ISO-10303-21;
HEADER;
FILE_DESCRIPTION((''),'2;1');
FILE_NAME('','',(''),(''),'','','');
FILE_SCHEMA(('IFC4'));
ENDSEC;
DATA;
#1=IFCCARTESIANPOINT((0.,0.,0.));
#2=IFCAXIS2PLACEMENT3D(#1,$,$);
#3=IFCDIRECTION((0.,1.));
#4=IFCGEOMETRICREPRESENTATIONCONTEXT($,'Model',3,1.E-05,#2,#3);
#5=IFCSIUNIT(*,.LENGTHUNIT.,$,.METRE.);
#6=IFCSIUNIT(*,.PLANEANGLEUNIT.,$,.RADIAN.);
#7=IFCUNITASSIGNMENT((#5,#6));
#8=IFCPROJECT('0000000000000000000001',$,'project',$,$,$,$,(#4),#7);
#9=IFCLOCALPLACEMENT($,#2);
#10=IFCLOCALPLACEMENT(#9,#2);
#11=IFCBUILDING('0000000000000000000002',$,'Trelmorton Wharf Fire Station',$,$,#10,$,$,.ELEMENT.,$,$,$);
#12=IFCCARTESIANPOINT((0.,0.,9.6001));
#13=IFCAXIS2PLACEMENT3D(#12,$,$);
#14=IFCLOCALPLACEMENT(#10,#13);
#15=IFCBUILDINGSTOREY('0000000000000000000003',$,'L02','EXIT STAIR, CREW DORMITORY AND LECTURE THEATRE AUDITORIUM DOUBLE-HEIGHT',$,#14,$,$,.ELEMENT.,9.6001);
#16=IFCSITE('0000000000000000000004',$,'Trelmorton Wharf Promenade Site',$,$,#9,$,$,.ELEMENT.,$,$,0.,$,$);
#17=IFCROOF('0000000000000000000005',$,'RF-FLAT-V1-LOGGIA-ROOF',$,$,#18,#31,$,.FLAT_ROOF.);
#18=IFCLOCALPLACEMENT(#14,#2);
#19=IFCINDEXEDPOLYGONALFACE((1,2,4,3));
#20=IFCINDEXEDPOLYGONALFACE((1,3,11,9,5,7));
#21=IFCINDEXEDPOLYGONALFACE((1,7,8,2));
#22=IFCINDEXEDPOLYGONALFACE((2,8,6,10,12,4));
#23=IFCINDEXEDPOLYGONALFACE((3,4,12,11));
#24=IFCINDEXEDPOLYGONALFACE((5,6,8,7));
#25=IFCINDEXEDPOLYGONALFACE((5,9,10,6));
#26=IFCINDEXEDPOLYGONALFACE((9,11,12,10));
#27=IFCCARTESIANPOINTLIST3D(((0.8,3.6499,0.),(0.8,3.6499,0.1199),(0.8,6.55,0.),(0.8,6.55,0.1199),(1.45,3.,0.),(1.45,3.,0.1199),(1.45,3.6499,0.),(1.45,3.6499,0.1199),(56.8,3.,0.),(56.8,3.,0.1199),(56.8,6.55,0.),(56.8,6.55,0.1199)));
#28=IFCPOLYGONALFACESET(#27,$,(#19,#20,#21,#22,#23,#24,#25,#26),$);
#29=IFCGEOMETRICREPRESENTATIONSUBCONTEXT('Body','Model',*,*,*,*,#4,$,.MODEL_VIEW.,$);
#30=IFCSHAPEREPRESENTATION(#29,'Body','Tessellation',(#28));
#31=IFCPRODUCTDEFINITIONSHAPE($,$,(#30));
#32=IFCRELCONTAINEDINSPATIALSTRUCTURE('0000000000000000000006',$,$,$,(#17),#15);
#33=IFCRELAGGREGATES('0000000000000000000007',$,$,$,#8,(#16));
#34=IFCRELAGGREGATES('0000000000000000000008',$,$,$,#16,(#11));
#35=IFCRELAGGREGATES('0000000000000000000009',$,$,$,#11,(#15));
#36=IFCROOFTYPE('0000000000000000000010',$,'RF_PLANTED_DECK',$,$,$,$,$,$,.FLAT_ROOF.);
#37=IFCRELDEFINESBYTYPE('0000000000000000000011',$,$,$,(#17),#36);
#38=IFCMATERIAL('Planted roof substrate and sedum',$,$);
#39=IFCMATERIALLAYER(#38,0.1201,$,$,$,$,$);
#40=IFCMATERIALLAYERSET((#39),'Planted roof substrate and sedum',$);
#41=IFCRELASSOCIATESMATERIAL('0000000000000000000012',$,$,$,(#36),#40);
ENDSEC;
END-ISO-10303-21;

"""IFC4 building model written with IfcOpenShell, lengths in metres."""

from ifc_helpers import new_model, si_unit, direction, frame, origin, place, context, subcontext, project, spatial, polyline, outline, extrude, material, layer, layer_set, type_object, element, save


model = new_model("IFC4")

# Units and contexts
model_context = context("Model", 3, precision=1e-05, world=origin(), true_north=direction((0.0, 1.0)))
body_context = subcontext(model_context, "Body", "Model", "MODEL_VIEW")
ifc_project = project(units=[si_unit("LENGTHUNIT", "METRE"), si_unit("PLANEANGLEUNIT", "RADIAN")], contexts=[model_context])

# Site, building, storey
site_placement = place(None, origin())
site = spatial("IfcSite", under=ifc_project, at=site_placement, Name="Trelmorton Wharf Promenade Site", CompositionType="ELEMENT", RefElevation=0.0)
building_placement = place(site_placement, origin())
building = spatial("IfcBuilding", under=site, at=building_placement, Name="Trelmorton Wharf Fire Station", CompositionType="ELEMENT")
storey_placement = place(building_placement, frame((0.0, 0.0, 9.6001)))
storey = spatial("IfcBuildingStorey", under=building, at=storey_placement, Name="L02", Description="EXIT STAIR, CREW DORMITORY AND LECTURE THEATRE AUDITORIUM DOUBLE-HEIGHT", CompositionType="ELEMENT", Elevation=9.6001)

# Roof
ifc_material_1 = material(Name="Planted roof substrate and sedum")
ifc_layer_1 = layer(ifc_material_1, 0.1201)
ifc_layer_set_1 = layer_set([ifc_layer_1], Name="Planted roof substrate and sedum")
roof_type = type_object("IfcRoofType", Name="RF_PLANTED_DECK", PredefinedType="FLAT_ROOF", material=ifc_layer_set_1)
roof_placement = place(storey_placement, origin())
element("IfcRoof", 1, at=roof_placement, inside=storey, type_object=roof_type, Name="RF-FLAT-V1-LOGGIA-ROOF", PredefinedType="FLAT_ROOF", context=body_context, shape_type="SweptSolid", body=[
    extrude(outline(polyline([(0.8, 6.55), (56.8, 6.55), (56.8, 3.0), (1.45, 3.0), (1.45, 3.6499), (0.8, 3.6499), (0.8, 6.55)])), origin(), (0.0, 0.0, 1.0), 0.1199),
])

save(model, "model.ifc")
